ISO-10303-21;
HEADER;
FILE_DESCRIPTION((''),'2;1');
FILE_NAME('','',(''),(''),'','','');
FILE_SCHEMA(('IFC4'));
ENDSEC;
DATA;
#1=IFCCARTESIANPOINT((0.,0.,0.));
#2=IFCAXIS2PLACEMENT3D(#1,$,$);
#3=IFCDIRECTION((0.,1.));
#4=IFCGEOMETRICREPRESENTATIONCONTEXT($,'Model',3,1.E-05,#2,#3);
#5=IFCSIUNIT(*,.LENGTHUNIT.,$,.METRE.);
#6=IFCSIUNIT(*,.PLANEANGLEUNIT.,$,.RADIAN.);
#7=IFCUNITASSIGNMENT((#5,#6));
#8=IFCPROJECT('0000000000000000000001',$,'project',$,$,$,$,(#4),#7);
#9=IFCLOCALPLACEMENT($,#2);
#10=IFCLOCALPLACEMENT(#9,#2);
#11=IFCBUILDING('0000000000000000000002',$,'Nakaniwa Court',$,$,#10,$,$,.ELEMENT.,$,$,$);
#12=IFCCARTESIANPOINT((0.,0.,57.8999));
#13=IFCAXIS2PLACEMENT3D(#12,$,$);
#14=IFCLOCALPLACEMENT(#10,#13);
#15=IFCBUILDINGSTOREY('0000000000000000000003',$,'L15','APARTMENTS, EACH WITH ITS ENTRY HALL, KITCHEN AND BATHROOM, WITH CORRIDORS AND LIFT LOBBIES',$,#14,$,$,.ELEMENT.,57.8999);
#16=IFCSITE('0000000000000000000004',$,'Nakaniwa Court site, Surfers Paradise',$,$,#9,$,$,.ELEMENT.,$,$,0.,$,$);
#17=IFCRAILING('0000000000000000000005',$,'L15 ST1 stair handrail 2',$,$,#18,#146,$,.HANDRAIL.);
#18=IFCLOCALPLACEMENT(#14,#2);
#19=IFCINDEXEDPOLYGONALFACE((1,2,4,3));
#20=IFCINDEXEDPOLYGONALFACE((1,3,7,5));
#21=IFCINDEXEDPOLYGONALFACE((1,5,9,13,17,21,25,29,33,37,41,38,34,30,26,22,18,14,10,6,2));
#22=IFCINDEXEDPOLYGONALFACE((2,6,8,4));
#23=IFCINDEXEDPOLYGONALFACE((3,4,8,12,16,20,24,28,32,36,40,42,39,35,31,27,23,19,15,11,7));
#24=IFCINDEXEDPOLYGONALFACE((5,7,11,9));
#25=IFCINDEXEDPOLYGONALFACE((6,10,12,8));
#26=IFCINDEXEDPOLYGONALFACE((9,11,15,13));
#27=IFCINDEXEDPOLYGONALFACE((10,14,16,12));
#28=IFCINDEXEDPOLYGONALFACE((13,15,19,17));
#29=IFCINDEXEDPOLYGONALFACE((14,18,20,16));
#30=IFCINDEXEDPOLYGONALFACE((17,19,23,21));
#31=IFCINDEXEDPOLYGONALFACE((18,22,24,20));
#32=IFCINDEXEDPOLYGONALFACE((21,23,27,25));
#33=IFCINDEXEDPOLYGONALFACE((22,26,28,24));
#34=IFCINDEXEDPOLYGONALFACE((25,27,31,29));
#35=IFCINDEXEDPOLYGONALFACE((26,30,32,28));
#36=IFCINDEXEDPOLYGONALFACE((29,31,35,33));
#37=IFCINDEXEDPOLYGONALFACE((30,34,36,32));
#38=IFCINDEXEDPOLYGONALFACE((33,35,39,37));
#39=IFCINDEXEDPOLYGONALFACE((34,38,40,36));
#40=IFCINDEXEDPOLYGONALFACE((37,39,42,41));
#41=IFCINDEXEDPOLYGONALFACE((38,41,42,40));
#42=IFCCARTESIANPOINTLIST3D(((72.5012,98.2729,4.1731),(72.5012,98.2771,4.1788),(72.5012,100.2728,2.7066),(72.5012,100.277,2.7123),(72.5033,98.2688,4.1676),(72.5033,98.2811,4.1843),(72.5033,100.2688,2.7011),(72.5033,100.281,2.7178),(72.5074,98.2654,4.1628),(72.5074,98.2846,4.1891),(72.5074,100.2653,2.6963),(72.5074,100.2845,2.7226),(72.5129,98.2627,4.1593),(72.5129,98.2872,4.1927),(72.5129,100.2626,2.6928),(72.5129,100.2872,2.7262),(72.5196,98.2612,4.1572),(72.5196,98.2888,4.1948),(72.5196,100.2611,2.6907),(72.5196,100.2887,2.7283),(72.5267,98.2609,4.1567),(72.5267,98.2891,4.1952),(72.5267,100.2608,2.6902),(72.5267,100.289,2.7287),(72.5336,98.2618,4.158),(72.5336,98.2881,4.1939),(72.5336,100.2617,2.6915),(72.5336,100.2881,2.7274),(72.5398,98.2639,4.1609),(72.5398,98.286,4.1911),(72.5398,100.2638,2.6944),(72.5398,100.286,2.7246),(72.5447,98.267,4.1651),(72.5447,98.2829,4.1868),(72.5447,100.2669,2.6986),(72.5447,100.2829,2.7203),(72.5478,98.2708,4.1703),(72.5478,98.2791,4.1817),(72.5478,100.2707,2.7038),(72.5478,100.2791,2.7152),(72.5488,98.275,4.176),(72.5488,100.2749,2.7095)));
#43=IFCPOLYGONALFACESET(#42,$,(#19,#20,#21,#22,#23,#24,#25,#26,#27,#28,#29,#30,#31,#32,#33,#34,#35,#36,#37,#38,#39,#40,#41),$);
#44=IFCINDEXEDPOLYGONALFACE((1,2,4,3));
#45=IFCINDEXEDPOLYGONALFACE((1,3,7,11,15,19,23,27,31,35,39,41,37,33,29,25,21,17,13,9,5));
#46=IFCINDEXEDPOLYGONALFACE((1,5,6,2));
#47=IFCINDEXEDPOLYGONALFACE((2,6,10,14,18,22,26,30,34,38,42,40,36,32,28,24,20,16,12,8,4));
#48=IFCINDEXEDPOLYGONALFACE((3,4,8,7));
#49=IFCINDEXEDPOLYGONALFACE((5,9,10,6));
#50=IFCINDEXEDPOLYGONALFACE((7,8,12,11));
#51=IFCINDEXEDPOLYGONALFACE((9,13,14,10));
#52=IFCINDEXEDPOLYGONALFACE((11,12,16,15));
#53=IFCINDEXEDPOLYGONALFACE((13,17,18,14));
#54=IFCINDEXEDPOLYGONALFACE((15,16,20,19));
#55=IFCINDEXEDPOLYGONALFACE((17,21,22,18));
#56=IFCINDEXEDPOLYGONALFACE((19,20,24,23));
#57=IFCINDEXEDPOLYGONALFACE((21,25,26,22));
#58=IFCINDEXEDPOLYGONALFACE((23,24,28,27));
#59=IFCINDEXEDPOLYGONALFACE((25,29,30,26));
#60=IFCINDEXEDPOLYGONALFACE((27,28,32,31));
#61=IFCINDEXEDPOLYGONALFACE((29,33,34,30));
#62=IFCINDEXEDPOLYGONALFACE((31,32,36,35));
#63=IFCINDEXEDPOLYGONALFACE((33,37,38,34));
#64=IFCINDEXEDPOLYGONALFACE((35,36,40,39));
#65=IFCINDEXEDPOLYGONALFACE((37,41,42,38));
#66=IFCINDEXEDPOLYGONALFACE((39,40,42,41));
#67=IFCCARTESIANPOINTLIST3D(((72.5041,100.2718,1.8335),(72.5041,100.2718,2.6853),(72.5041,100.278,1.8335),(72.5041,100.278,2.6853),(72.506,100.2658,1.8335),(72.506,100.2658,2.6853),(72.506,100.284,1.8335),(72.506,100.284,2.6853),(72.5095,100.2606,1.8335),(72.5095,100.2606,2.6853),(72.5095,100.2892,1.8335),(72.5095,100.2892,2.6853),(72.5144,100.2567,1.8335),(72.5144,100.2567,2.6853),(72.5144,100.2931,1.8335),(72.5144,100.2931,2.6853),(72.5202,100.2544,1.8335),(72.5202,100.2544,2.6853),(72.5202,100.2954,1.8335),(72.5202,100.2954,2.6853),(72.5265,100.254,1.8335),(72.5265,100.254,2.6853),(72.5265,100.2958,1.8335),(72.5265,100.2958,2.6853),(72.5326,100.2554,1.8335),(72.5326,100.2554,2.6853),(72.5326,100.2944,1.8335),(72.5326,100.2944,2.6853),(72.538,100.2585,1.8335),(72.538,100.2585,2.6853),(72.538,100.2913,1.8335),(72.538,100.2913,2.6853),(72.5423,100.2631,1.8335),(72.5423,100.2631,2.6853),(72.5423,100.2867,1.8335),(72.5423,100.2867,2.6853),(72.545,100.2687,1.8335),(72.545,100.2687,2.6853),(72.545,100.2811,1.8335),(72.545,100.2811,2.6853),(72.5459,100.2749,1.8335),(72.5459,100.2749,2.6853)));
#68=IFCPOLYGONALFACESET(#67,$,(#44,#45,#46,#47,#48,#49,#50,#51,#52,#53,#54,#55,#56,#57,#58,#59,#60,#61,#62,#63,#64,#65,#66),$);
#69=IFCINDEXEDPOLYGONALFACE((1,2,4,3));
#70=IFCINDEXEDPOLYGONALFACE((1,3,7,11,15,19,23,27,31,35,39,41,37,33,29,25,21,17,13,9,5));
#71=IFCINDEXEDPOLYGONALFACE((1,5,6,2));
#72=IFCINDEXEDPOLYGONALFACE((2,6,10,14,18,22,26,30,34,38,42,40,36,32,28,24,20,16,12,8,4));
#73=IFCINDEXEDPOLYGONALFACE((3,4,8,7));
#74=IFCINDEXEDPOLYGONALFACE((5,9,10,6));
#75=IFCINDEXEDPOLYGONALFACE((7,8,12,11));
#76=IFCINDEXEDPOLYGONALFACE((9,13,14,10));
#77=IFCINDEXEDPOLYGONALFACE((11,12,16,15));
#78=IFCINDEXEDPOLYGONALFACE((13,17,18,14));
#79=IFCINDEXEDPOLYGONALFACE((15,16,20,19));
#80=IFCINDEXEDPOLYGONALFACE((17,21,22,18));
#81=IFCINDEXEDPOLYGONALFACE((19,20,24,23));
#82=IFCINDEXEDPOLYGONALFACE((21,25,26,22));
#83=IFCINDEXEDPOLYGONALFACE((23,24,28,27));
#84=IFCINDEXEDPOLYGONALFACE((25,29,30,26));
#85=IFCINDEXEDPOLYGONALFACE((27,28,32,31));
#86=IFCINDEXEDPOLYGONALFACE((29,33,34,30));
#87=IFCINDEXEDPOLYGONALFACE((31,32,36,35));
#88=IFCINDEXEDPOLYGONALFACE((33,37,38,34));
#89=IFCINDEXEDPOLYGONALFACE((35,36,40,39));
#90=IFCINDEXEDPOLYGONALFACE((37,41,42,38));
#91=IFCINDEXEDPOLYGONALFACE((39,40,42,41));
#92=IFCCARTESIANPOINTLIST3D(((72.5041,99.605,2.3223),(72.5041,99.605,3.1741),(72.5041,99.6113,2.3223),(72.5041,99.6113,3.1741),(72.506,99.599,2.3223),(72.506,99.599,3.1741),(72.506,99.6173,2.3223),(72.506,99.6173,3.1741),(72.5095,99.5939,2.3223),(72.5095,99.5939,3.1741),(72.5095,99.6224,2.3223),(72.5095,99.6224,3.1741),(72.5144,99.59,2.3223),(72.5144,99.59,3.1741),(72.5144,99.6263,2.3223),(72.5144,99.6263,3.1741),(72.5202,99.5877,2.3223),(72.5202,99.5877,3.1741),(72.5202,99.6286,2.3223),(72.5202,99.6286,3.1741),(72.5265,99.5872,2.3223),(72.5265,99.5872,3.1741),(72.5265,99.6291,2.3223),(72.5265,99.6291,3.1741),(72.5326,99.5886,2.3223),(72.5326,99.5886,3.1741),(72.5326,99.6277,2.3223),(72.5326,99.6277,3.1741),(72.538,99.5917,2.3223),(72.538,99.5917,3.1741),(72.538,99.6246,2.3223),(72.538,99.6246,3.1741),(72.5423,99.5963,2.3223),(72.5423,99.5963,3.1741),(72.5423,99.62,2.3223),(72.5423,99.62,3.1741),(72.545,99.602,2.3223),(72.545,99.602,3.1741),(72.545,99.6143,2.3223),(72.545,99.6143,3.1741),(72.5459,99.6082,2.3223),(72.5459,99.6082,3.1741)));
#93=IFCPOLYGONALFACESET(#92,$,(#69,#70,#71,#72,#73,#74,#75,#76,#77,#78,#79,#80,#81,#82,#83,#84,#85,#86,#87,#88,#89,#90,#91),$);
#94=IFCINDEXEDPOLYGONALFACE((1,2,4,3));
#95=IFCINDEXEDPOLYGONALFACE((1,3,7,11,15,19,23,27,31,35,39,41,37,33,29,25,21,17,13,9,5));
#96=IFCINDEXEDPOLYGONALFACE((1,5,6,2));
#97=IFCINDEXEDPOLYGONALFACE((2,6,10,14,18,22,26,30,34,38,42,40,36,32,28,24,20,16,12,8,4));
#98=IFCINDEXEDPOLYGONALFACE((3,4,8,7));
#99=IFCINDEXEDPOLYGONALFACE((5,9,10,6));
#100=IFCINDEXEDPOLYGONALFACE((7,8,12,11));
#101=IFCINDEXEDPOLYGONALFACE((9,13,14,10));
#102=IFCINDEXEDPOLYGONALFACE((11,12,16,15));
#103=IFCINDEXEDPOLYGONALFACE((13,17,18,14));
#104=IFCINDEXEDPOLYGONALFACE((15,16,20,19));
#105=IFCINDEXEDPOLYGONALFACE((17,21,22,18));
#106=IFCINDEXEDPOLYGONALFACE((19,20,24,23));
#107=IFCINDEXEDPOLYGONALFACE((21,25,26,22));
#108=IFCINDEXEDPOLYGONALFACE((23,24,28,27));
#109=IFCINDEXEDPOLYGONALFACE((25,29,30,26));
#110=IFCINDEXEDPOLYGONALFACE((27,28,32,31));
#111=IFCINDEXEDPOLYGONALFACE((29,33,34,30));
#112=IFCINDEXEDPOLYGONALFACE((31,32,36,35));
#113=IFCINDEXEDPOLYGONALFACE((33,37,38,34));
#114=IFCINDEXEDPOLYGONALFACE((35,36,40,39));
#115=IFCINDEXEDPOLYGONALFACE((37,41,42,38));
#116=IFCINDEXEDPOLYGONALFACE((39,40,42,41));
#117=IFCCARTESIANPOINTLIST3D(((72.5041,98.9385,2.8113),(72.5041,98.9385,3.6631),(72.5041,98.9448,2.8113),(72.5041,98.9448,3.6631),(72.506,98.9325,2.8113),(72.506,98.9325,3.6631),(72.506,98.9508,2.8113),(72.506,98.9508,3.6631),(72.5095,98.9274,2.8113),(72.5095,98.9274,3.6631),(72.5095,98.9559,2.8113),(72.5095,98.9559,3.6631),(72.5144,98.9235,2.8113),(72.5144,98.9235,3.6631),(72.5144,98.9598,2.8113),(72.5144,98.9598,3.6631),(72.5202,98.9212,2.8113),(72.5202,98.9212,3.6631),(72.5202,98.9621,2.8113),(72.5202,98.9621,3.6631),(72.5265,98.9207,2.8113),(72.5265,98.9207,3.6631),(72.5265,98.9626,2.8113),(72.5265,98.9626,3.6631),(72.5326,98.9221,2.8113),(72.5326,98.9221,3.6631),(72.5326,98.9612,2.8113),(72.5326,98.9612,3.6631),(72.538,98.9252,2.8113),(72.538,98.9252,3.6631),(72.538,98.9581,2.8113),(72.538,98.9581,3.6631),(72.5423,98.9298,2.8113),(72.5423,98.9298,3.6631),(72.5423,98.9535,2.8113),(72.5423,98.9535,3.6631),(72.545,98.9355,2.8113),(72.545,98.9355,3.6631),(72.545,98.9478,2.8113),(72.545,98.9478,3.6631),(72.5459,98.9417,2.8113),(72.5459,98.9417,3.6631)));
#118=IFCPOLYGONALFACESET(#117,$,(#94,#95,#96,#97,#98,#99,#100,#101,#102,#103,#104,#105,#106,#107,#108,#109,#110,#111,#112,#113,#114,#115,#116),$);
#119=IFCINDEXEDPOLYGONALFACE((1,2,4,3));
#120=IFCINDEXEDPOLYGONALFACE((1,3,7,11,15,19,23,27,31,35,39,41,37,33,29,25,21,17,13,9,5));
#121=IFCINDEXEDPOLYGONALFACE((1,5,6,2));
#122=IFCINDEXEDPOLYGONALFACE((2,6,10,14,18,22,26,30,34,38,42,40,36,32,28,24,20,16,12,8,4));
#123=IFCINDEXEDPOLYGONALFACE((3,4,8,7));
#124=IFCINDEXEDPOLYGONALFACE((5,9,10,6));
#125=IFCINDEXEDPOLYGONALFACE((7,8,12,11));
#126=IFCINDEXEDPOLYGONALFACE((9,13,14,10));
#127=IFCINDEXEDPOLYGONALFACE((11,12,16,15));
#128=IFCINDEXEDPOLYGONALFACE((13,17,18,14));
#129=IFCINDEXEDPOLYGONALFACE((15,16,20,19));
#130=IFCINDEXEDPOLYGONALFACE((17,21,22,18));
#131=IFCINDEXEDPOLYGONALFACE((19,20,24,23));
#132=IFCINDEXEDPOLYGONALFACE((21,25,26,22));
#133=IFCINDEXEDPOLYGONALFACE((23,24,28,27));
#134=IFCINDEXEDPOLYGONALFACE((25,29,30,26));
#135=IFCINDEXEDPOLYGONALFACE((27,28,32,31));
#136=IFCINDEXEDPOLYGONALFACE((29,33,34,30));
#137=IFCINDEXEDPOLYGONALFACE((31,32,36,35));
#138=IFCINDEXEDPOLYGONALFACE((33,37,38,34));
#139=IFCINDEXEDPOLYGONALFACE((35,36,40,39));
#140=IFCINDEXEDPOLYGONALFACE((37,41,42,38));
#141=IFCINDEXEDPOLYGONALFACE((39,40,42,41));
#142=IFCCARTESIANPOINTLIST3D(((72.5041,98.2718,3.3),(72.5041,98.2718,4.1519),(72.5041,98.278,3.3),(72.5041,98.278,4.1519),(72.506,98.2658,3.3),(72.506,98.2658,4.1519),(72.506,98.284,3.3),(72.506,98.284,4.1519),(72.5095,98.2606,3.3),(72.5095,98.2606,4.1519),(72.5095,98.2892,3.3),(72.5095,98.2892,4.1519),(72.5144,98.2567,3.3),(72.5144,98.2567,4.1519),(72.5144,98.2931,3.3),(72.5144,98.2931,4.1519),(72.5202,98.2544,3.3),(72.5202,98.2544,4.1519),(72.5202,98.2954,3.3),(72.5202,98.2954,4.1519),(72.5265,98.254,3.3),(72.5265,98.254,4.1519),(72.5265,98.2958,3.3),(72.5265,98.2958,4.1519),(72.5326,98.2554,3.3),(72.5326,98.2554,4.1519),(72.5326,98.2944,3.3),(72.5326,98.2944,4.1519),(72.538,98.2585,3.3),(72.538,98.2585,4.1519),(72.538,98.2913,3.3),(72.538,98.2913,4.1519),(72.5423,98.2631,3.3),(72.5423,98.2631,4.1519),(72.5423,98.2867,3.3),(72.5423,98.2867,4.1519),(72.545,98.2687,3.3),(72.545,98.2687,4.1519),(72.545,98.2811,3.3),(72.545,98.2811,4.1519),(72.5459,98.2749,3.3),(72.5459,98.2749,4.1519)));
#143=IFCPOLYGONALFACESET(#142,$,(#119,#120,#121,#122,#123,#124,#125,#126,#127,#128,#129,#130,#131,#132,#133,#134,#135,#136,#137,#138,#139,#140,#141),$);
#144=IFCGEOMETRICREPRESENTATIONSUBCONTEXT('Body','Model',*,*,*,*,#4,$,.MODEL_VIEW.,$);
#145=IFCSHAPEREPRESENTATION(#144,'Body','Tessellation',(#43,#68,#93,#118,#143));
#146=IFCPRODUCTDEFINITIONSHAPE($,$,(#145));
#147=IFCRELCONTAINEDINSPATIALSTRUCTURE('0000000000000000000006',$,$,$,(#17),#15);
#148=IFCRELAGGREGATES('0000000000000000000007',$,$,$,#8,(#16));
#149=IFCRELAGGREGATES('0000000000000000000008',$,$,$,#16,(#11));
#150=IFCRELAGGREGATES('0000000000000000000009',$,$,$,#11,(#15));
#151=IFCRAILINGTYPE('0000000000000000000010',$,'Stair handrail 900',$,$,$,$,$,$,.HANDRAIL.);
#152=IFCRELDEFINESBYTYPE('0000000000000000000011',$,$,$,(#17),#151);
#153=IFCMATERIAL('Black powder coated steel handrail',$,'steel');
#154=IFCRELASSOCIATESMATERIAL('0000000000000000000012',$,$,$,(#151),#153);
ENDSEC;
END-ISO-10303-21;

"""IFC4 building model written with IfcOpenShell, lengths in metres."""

from ifc_helpers import new_model, si_unit, direction, frame, origin, origin_2d, place, context, subcontext, project, spatial, circle, extrude, material, type_object, element, save


model = new_model("IFC4")

# Units and contexts
model_context = context("Model", 3, precision=1e-05, world=origin(), true_north=direction((0.0, 1.0)))
body_context = subcontext(model_context, "Body", "Model", "MODEL_VIEW")
ifc_project = project(units=[si_unit("LENGTHUNIT", "METRE"), si_unit("PLANEANGLEUNIT", "RADIAN")], contexts=[model_context])

# Site, building, storey
site_placement = place(None, origin())
site = spatial("IfcSite", under=ifc_project, at=site_placement, Name="Nakaniwa Court site, Surfers Paradise", CompositionType="ELEMENT", RefElevation=0.0)
building_placement = place(site_placement, origin())
building = spatial("IfcBuilding", under=site, at=building_placement, Name="Nakaniwa Court", CompositionType="ELEMENT")
storey_placement = place(building_placement, frame((0.0, 0.0, 57.8999)))
storey = spatial("IfcBuildingStorey", under=building, at=storey_placement, Name="L15", Description="APARTMENTS, EACH WITH ITS ENTRY HALL, KITCHEN AND BATHROOM, WITH CORRIDORS AND LIFT LOBBIES", CompositionType="ELEMENT", Elevation=57.8999)

# Railing
ifc_material_1 = material(Name="Black powder coated steel handrail", Category="steel")
railing_type_1 = type_object("IfcRailingType", Name="Stair handrail 900", PredefinedType="HANDRAIL", material=ifc_material_1)
railing_1_placement = place(storey_placement, frame((72.5249, 100.2749, 1.8335)))
element("IfcRailing", 1, at=railing_1_placement, inside=storey, type_object=railing_type_1, Name="L15 ST1 stair handrail 2", PredefinedType="HANDRAIL", context=body_context, shape_type="SweptSolid", body=[
    extrude(circle(Radius=0.0239, at=origin_2d()), frame((0.0, 0.0, 0.876), z_axis=(0.0, -0.806427, 0.591334), x_axis=(1.0, 0.0, 0.0)), (0.0, 0.0, 1.0), 2.48),
    extrude(circle(Radius=0.021, at=origin_2d()), origin(), (0.0, 0.0, 1.0), 0.8518),
    extrude(circle(Radius=0.021, at=origin_2d()), frame((0.0, -0.6667, 0.4888)), (0.0, 0.0, 1.0), 0.8518),
    extrude(circle(Radius=0.021, at=origin_2d()), frame((0.0, -1.3333, 0.9778)), (0.0, 0.0, 1.0), 0.8518),
    extrude(circle(Radius=0.021, at=origin_2d()), frame((0.0, -2.0, 1.4666)), (0.0, 0.0, 1.0), 0.8518),
])

save(model, "model.ifc")
